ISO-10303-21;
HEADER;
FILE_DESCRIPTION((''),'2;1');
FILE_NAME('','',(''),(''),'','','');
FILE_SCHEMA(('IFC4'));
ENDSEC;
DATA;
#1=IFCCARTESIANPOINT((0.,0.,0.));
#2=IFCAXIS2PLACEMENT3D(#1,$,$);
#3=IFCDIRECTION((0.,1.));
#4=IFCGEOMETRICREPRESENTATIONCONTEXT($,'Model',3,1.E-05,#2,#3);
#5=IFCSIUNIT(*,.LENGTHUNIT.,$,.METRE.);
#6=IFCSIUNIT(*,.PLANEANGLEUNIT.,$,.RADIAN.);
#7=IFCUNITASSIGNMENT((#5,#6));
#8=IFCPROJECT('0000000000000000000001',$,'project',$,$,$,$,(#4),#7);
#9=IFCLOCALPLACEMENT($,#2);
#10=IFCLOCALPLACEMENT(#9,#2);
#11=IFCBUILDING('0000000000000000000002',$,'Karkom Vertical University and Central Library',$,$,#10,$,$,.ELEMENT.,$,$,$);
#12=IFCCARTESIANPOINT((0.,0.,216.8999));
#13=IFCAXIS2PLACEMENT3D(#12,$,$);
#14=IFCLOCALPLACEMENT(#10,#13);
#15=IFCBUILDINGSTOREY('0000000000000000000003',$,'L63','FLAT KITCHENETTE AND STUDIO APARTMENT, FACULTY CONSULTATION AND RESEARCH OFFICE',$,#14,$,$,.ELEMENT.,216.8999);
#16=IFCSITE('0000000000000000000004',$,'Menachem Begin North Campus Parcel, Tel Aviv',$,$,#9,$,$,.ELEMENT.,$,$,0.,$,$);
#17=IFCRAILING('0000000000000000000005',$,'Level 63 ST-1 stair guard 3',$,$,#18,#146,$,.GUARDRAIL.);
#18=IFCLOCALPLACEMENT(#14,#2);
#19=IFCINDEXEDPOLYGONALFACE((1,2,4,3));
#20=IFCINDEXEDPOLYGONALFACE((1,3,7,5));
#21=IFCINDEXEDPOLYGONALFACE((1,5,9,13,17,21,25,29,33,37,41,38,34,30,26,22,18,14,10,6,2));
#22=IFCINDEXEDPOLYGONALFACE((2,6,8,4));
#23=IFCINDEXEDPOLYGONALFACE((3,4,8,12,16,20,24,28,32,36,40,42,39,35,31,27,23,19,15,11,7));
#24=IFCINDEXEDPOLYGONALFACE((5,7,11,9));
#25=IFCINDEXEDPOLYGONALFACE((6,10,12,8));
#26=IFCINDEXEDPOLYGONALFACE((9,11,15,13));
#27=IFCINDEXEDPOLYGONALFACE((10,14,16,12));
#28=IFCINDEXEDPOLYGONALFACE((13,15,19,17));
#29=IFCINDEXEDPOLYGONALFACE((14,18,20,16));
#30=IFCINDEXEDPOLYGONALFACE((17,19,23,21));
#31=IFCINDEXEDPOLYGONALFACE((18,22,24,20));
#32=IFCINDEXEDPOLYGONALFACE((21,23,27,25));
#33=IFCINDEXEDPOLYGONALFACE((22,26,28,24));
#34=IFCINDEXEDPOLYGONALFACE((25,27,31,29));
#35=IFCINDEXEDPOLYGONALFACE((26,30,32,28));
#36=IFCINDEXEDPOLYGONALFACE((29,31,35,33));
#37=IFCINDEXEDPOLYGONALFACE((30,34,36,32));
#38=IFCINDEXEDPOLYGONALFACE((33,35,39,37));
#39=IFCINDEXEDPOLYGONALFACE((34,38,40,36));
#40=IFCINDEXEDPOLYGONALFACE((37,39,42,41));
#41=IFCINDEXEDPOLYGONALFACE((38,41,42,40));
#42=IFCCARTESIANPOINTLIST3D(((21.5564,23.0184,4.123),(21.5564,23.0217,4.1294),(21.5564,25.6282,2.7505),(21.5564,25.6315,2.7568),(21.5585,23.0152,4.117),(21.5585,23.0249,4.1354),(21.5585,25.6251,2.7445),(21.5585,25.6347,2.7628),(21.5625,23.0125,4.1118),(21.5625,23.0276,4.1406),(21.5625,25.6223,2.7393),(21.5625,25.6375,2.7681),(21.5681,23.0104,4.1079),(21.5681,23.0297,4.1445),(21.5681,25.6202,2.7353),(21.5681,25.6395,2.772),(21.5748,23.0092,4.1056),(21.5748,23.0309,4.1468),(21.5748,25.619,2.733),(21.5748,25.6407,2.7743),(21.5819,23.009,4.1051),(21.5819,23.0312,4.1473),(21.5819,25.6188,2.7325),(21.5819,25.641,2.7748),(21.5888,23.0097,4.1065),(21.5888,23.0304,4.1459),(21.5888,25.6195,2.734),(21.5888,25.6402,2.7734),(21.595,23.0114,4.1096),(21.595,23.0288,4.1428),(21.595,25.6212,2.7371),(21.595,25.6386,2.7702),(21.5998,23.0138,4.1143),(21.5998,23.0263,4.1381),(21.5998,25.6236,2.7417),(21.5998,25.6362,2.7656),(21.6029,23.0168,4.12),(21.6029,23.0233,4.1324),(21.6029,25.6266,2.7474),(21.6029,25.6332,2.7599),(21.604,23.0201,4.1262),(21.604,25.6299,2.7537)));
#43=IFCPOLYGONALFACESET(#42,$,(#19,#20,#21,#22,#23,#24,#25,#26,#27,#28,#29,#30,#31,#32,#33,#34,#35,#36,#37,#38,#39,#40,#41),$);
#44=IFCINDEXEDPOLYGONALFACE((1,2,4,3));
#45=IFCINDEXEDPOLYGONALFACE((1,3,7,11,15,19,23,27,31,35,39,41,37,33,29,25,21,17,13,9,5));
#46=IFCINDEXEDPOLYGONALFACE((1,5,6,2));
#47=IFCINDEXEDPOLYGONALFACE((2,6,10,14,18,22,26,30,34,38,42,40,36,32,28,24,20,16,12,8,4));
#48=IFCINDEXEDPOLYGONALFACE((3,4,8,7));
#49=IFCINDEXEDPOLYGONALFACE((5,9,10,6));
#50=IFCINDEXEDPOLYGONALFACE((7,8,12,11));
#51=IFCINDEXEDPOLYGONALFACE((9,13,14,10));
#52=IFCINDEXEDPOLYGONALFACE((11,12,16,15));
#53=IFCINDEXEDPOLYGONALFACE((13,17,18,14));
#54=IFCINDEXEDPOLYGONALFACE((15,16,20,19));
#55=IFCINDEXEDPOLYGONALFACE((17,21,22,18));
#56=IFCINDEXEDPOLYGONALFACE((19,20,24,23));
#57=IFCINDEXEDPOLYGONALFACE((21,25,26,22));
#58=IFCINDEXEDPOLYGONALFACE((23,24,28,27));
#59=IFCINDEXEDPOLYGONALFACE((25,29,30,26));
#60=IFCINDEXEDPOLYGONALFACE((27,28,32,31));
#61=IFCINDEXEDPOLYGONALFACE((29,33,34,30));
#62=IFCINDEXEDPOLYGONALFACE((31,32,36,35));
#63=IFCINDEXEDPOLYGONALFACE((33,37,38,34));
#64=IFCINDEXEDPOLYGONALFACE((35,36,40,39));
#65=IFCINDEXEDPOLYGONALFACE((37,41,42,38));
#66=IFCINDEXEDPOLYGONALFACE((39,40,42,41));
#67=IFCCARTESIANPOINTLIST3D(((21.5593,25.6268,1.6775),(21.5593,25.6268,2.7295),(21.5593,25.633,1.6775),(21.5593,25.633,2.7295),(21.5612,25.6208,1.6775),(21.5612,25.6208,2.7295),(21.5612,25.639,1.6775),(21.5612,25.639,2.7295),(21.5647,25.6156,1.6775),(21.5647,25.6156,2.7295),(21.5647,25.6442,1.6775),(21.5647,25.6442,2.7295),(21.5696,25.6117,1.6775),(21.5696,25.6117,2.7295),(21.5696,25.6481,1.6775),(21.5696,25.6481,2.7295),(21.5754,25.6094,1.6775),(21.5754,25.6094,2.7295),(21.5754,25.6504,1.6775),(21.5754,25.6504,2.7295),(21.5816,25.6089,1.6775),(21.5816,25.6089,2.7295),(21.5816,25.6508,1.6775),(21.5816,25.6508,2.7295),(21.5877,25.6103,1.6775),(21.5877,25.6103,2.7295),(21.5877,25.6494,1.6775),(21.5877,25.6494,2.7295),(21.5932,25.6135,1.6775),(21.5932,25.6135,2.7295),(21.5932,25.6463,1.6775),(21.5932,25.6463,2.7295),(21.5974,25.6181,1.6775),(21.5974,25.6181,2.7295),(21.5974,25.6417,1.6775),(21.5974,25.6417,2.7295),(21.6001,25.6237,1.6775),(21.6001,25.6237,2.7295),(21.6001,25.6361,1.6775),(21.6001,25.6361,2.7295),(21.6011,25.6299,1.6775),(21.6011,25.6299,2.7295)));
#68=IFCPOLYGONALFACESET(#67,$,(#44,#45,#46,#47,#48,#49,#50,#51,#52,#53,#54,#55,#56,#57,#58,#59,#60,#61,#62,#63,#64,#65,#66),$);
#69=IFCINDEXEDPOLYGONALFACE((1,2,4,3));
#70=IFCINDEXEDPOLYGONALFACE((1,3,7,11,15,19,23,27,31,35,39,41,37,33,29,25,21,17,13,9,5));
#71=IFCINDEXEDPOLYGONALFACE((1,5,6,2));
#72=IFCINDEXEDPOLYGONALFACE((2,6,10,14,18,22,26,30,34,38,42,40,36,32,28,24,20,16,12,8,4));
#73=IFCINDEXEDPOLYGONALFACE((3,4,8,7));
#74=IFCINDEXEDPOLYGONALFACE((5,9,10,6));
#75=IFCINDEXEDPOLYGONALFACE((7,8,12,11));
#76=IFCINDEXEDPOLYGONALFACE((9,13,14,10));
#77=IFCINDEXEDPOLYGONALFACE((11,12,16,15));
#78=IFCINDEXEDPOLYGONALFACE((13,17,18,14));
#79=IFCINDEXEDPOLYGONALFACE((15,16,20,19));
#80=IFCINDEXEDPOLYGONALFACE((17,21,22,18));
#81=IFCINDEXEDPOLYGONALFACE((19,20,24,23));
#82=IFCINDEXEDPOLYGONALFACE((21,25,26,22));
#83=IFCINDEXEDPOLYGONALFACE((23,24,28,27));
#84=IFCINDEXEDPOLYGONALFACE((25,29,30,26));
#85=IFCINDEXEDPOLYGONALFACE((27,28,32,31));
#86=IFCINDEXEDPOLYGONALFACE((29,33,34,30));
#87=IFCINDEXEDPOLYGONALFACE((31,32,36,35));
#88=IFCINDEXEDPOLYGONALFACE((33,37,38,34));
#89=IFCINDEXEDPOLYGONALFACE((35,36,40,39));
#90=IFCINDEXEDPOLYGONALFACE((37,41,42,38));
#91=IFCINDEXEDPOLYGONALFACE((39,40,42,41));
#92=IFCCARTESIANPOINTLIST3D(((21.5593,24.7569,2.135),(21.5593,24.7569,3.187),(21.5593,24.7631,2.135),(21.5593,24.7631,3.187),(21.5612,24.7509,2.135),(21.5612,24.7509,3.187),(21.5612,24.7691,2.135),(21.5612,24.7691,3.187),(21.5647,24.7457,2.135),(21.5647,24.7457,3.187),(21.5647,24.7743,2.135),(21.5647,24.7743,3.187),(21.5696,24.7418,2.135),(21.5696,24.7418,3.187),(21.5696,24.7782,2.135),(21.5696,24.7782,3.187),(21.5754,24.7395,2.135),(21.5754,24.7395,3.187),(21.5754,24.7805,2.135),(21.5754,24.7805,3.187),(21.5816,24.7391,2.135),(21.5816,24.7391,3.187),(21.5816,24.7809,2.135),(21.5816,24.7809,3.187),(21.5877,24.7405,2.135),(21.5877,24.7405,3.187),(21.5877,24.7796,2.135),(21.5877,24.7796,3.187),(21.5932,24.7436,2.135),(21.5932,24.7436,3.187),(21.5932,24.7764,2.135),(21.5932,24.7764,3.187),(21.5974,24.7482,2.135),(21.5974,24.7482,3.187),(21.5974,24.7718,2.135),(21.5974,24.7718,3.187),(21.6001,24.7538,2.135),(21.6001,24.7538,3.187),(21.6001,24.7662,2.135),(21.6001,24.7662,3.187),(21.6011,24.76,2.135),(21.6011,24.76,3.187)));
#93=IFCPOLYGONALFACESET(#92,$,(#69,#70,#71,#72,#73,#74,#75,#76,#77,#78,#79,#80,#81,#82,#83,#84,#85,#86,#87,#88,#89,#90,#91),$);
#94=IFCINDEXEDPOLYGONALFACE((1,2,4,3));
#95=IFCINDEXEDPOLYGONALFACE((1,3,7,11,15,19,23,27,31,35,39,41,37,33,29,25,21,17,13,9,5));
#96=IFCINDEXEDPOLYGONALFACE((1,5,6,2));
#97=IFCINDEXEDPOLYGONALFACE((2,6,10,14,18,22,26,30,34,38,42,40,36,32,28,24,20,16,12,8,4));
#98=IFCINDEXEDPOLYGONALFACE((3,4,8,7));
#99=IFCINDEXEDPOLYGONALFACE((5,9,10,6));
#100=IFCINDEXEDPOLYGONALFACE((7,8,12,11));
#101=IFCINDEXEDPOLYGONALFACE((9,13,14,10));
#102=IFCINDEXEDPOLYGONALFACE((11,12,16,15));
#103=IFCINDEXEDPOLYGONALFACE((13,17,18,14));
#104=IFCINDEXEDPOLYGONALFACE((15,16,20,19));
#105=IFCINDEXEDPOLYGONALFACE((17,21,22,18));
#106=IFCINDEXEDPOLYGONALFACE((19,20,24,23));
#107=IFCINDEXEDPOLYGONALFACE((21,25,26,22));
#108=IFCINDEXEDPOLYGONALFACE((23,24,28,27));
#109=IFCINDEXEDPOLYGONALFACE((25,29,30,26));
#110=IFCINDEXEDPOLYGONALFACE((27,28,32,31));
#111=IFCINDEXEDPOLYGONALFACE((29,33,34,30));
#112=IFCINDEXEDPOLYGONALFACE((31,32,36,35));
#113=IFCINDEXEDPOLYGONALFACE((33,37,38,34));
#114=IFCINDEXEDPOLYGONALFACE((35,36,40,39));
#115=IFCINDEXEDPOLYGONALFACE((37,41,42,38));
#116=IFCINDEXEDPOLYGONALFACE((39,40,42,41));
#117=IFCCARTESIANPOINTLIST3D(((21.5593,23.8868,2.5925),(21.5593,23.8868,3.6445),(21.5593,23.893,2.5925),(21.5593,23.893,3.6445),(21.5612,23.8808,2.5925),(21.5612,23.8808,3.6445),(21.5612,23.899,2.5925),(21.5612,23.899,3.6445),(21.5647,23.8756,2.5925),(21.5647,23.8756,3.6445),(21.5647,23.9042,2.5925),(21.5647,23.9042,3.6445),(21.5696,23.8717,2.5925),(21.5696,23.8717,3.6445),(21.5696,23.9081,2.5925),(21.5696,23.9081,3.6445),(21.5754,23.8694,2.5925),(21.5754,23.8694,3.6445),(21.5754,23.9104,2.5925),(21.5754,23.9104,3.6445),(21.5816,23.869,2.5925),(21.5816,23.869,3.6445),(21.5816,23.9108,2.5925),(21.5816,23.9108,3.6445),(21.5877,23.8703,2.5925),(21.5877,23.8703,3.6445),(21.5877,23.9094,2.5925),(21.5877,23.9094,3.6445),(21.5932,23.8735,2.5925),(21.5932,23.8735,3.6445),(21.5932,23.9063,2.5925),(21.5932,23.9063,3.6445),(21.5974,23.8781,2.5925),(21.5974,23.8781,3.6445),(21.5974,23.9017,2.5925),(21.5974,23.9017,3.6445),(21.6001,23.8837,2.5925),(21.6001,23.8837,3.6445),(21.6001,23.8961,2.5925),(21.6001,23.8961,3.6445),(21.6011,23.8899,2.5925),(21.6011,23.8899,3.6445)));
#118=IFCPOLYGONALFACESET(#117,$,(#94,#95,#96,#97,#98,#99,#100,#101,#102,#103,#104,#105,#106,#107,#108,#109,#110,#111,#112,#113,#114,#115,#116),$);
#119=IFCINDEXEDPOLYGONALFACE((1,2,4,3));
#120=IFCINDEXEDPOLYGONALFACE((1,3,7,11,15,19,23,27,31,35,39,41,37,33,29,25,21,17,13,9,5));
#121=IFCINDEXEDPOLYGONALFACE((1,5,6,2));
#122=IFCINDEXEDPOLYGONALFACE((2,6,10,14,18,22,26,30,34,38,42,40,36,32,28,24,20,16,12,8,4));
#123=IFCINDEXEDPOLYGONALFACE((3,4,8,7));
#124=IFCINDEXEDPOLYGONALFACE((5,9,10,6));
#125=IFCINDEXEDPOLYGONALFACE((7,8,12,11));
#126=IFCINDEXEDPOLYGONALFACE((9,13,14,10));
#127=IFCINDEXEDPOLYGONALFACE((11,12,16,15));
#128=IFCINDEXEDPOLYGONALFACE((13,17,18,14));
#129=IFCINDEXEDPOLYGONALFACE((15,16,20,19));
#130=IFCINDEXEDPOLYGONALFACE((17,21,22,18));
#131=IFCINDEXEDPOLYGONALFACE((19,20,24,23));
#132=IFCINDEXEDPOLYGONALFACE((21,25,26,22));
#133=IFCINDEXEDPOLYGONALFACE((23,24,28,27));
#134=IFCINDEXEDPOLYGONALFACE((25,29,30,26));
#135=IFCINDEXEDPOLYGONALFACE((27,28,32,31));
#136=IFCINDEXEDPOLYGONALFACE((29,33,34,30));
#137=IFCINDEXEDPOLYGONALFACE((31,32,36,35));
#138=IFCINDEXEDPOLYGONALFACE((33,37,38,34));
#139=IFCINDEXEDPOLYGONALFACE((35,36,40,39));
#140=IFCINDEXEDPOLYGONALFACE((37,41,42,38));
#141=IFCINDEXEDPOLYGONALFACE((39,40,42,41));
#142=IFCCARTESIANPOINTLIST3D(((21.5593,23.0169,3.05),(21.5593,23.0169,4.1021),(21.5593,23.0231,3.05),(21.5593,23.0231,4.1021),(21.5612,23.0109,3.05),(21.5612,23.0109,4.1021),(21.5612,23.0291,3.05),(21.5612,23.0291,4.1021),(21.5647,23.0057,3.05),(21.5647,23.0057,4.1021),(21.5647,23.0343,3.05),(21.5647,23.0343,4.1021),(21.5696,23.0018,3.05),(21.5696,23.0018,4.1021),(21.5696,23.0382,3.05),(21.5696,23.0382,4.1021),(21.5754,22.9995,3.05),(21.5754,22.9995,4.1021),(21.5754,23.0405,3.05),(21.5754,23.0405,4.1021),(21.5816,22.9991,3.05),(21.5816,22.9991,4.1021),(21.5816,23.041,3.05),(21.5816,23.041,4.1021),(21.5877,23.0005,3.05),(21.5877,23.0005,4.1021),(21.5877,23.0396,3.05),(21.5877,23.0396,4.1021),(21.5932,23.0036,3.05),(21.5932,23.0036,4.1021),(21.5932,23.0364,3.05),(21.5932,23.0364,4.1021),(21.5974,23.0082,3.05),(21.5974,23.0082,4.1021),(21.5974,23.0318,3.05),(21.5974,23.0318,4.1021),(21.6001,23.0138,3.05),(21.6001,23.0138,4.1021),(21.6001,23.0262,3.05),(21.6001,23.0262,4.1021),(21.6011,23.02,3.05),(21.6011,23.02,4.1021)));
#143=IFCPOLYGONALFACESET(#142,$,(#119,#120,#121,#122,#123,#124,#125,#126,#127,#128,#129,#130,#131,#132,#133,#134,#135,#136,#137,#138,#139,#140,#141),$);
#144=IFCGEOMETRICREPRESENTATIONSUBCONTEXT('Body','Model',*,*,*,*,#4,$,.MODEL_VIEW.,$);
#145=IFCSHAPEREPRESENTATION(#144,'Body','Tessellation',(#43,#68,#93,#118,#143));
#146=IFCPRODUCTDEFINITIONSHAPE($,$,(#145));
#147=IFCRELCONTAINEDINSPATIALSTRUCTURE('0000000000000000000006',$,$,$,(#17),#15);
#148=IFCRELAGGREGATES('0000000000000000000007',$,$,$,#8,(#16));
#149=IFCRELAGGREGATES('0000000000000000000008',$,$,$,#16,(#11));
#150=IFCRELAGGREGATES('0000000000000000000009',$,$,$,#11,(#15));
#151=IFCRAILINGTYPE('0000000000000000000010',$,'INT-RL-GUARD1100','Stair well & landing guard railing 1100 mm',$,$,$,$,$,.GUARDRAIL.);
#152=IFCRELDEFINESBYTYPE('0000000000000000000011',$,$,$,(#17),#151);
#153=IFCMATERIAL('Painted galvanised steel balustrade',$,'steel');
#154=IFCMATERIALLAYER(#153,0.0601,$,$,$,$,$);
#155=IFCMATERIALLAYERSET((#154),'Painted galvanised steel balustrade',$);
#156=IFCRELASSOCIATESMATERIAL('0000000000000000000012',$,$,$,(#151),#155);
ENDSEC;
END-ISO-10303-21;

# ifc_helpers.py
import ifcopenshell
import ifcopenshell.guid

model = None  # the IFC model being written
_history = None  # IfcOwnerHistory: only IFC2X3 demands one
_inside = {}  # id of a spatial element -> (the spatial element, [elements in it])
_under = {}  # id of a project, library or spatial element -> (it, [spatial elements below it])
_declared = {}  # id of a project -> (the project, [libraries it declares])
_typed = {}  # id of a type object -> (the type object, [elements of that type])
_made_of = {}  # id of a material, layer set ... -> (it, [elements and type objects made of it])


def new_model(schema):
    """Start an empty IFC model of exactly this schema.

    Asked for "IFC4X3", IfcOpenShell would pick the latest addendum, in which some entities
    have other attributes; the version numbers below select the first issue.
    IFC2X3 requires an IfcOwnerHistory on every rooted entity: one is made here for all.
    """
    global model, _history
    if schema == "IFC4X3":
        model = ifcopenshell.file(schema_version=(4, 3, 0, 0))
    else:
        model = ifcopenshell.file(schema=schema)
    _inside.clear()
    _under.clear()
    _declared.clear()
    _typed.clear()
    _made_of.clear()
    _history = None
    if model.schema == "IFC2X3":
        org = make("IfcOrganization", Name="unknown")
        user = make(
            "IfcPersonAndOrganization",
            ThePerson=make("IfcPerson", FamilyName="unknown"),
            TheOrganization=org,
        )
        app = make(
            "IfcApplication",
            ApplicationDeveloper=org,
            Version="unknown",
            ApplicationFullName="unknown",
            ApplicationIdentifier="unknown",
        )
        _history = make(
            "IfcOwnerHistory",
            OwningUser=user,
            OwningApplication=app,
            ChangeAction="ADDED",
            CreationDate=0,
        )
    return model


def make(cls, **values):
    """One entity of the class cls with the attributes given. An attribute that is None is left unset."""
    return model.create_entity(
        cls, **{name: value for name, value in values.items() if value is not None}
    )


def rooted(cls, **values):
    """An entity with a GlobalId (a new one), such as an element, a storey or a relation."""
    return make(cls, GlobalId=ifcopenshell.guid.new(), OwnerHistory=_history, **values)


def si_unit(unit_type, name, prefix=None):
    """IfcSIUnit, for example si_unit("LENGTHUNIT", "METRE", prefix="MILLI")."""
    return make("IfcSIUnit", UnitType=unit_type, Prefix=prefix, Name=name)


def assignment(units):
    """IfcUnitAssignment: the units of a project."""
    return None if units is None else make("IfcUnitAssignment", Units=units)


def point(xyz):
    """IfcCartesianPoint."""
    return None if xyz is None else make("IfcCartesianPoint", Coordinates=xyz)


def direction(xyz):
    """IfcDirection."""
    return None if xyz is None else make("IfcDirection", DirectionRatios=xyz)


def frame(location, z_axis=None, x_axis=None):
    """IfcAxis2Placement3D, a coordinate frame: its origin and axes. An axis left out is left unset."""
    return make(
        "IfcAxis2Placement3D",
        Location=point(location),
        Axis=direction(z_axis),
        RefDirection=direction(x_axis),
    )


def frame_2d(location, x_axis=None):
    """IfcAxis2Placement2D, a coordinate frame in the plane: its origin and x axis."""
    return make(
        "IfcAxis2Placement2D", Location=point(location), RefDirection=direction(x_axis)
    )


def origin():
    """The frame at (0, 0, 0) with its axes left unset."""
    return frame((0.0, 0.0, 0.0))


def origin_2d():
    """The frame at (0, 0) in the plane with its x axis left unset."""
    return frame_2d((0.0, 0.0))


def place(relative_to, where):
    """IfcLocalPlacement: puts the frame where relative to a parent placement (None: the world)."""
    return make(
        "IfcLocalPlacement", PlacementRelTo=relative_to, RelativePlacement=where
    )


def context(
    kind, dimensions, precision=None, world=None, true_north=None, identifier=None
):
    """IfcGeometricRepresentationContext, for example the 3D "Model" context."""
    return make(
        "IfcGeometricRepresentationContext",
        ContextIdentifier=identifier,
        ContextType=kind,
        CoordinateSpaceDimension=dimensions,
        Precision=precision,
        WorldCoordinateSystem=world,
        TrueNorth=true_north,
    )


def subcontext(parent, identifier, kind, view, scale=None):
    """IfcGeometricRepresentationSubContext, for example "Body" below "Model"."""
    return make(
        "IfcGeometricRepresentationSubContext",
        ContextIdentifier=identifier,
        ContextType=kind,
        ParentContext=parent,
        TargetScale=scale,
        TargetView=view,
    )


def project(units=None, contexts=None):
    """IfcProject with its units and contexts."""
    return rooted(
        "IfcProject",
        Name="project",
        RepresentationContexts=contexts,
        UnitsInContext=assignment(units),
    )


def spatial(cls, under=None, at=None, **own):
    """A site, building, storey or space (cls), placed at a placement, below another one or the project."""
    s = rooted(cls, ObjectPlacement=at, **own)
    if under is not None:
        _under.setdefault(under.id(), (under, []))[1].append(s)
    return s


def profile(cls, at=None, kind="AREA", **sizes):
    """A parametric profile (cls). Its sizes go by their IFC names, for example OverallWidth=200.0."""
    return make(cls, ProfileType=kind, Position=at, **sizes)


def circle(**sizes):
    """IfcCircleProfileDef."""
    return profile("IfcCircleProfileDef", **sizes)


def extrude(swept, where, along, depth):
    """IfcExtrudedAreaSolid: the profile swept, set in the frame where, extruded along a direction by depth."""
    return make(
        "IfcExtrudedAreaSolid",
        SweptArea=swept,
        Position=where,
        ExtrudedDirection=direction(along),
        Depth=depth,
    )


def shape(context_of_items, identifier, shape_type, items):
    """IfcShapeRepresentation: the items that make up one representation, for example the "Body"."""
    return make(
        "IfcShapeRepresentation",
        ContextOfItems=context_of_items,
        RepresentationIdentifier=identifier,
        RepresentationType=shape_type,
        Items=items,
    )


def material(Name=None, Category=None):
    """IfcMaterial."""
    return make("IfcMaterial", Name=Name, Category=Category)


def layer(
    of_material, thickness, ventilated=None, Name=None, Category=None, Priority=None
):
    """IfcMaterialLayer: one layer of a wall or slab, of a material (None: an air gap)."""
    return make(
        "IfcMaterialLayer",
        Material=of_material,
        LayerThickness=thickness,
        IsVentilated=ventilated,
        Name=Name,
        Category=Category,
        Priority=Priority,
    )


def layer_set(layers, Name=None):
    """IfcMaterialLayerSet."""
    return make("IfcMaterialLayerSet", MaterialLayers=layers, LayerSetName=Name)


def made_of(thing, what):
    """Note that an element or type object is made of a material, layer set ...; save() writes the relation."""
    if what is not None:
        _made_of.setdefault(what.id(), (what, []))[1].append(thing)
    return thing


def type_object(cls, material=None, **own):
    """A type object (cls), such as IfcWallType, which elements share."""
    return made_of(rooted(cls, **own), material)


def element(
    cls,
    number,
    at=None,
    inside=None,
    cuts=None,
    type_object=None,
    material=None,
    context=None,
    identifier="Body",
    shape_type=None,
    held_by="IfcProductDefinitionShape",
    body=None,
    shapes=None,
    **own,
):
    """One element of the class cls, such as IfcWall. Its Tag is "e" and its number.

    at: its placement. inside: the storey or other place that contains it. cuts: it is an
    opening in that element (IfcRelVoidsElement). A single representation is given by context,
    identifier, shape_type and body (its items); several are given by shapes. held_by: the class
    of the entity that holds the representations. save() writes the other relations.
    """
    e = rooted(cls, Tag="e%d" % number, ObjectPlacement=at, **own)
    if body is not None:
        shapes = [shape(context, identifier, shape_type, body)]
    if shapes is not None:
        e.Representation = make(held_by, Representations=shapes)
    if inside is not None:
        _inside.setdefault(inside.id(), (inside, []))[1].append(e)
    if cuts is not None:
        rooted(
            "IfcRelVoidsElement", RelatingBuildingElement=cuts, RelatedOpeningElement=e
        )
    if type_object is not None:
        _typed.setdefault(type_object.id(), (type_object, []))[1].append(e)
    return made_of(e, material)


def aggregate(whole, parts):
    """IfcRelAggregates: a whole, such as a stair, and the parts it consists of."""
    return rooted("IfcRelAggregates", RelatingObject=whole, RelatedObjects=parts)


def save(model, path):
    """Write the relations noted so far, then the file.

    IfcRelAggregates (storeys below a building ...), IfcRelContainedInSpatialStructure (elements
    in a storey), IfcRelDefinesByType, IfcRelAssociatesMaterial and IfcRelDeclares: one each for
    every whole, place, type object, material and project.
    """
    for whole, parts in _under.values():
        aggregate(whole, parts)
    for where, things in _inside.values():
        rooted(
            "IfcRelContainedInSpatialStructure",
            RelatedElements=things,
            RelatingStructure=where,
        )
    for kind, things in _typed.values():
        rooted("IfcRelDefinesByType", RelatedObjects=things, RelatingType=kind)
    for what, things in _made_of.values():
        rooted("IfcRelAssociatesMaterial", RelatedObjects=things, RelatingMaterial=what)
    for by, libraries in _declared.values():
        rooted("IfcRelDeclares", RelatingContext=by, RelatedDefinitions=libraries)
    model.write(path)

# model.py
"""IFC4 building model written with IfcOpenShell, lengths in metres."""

from ifc_helpers import new_model, si_unit, direction, frame, origin, origin_2d, place, context, subcontext, project, spatial, circle, extrude, material, layer, layer_set, type_object, element, save


model = new_model("IFC4")

# Units and contexts
model_context = context("Model", 3, precision=1e-05, world=origin(), true_north=direction((0.0, 1.0)))
body_context = subcontext(model_context, "Body", "Model", "MODEL_VIEW")
ifc_project = project(units=[si_unit("LENGTHUNIT", "METRE"), si_unit("PLANEANGLEUNIT", "RADIAN")], contexts=[model_context])

# Site, building, storey
site_placement = place(None, origin())
site = spatial("IfcSite", under=ifc_project, at=site_placement, Name="Menachem Begin North Campus Parcel, Tel Aviv", CompositionType="ELEMENT", RefElevation=0.0)
building_placement = place(site_placement, origin())
building = spatial("IfcBuilding", under=site, at=building_placement, Name="Karkom Vertical University and Central Library", CompositionType="ELEMENT")
storey_placement = place(building_placement, frame((0.0, 0.0, 216.8999)))
storey = spatial("IfcBuildingStorey", under=building, at=storey_placement, Name="L63", Description="FLAT KITCHENETTE AND STUDIO APARTMENT, FACULTY CONSULTATION AND RESEARCH OFFICE", CompositionType="ELEMENT", Elevation=216.8999)

# Railing
ifc_material_1 = material(Name="Painted galvanised steel balustrade", Category="steel")
ifc_layer_1 = layer(ifc_material_1, 0.0601)
ifc_layer_set_1 = layer_set([ifc_layer_1], Name="Painted galvanised steel balustrade")
railing_type_1 = type_object("IfcRailingType", Name="INT-RL-GUARD1100", Description="Stair well & landing guard railing 1100 mm", PredefinedType="GUARDRAIL", material=ifc_layer_set_1)
railing_1_placement = place(storey_placement, frame((21.5801, 25.6299, 1.6775)))
element("IfcRailing", 1, at=railing_1_placement, inside=storey, type_object=railing_type_1, Name="Level 63 ST-1 stair guard 3", PredefinedType="GUARDRAIL", context=body_context, shape_type="SweptSolid", body=[
    extrude(circle(Radius=0.0239, at=origin_2d()), frame((0.0, 0.0, 1.0762), z_axis=(0.0, -0.885065, 0.465467), x_axis=(1.0, 0.0, 0.0)), (0.0, 0.0, 1.0), 2.9487),
    extrude(circle(Radius=0.021, at=origin_2d()), origin(), (0.0, 0.0, 1.0), 1.052),
    extrude(circle(Radius=0.021, at=origin_2d()), frame((0.0, -0.8699, 0.4575)), (0.0, 0.0, 1.0), 1.052),
    extrude(circle(Radius=0.021, at=origin_2d()), frame((0.0, -1.74, 0.915)), (0.0, 0.0, 1.0), 1.052),
    extrude(circle(Radius=0.021, at=origin_2d()), frame((0.0, -2.6099, 1.3726)), (0.0, 0.0, 1.0), 1.052),
])

save(model, "model.ifc")
